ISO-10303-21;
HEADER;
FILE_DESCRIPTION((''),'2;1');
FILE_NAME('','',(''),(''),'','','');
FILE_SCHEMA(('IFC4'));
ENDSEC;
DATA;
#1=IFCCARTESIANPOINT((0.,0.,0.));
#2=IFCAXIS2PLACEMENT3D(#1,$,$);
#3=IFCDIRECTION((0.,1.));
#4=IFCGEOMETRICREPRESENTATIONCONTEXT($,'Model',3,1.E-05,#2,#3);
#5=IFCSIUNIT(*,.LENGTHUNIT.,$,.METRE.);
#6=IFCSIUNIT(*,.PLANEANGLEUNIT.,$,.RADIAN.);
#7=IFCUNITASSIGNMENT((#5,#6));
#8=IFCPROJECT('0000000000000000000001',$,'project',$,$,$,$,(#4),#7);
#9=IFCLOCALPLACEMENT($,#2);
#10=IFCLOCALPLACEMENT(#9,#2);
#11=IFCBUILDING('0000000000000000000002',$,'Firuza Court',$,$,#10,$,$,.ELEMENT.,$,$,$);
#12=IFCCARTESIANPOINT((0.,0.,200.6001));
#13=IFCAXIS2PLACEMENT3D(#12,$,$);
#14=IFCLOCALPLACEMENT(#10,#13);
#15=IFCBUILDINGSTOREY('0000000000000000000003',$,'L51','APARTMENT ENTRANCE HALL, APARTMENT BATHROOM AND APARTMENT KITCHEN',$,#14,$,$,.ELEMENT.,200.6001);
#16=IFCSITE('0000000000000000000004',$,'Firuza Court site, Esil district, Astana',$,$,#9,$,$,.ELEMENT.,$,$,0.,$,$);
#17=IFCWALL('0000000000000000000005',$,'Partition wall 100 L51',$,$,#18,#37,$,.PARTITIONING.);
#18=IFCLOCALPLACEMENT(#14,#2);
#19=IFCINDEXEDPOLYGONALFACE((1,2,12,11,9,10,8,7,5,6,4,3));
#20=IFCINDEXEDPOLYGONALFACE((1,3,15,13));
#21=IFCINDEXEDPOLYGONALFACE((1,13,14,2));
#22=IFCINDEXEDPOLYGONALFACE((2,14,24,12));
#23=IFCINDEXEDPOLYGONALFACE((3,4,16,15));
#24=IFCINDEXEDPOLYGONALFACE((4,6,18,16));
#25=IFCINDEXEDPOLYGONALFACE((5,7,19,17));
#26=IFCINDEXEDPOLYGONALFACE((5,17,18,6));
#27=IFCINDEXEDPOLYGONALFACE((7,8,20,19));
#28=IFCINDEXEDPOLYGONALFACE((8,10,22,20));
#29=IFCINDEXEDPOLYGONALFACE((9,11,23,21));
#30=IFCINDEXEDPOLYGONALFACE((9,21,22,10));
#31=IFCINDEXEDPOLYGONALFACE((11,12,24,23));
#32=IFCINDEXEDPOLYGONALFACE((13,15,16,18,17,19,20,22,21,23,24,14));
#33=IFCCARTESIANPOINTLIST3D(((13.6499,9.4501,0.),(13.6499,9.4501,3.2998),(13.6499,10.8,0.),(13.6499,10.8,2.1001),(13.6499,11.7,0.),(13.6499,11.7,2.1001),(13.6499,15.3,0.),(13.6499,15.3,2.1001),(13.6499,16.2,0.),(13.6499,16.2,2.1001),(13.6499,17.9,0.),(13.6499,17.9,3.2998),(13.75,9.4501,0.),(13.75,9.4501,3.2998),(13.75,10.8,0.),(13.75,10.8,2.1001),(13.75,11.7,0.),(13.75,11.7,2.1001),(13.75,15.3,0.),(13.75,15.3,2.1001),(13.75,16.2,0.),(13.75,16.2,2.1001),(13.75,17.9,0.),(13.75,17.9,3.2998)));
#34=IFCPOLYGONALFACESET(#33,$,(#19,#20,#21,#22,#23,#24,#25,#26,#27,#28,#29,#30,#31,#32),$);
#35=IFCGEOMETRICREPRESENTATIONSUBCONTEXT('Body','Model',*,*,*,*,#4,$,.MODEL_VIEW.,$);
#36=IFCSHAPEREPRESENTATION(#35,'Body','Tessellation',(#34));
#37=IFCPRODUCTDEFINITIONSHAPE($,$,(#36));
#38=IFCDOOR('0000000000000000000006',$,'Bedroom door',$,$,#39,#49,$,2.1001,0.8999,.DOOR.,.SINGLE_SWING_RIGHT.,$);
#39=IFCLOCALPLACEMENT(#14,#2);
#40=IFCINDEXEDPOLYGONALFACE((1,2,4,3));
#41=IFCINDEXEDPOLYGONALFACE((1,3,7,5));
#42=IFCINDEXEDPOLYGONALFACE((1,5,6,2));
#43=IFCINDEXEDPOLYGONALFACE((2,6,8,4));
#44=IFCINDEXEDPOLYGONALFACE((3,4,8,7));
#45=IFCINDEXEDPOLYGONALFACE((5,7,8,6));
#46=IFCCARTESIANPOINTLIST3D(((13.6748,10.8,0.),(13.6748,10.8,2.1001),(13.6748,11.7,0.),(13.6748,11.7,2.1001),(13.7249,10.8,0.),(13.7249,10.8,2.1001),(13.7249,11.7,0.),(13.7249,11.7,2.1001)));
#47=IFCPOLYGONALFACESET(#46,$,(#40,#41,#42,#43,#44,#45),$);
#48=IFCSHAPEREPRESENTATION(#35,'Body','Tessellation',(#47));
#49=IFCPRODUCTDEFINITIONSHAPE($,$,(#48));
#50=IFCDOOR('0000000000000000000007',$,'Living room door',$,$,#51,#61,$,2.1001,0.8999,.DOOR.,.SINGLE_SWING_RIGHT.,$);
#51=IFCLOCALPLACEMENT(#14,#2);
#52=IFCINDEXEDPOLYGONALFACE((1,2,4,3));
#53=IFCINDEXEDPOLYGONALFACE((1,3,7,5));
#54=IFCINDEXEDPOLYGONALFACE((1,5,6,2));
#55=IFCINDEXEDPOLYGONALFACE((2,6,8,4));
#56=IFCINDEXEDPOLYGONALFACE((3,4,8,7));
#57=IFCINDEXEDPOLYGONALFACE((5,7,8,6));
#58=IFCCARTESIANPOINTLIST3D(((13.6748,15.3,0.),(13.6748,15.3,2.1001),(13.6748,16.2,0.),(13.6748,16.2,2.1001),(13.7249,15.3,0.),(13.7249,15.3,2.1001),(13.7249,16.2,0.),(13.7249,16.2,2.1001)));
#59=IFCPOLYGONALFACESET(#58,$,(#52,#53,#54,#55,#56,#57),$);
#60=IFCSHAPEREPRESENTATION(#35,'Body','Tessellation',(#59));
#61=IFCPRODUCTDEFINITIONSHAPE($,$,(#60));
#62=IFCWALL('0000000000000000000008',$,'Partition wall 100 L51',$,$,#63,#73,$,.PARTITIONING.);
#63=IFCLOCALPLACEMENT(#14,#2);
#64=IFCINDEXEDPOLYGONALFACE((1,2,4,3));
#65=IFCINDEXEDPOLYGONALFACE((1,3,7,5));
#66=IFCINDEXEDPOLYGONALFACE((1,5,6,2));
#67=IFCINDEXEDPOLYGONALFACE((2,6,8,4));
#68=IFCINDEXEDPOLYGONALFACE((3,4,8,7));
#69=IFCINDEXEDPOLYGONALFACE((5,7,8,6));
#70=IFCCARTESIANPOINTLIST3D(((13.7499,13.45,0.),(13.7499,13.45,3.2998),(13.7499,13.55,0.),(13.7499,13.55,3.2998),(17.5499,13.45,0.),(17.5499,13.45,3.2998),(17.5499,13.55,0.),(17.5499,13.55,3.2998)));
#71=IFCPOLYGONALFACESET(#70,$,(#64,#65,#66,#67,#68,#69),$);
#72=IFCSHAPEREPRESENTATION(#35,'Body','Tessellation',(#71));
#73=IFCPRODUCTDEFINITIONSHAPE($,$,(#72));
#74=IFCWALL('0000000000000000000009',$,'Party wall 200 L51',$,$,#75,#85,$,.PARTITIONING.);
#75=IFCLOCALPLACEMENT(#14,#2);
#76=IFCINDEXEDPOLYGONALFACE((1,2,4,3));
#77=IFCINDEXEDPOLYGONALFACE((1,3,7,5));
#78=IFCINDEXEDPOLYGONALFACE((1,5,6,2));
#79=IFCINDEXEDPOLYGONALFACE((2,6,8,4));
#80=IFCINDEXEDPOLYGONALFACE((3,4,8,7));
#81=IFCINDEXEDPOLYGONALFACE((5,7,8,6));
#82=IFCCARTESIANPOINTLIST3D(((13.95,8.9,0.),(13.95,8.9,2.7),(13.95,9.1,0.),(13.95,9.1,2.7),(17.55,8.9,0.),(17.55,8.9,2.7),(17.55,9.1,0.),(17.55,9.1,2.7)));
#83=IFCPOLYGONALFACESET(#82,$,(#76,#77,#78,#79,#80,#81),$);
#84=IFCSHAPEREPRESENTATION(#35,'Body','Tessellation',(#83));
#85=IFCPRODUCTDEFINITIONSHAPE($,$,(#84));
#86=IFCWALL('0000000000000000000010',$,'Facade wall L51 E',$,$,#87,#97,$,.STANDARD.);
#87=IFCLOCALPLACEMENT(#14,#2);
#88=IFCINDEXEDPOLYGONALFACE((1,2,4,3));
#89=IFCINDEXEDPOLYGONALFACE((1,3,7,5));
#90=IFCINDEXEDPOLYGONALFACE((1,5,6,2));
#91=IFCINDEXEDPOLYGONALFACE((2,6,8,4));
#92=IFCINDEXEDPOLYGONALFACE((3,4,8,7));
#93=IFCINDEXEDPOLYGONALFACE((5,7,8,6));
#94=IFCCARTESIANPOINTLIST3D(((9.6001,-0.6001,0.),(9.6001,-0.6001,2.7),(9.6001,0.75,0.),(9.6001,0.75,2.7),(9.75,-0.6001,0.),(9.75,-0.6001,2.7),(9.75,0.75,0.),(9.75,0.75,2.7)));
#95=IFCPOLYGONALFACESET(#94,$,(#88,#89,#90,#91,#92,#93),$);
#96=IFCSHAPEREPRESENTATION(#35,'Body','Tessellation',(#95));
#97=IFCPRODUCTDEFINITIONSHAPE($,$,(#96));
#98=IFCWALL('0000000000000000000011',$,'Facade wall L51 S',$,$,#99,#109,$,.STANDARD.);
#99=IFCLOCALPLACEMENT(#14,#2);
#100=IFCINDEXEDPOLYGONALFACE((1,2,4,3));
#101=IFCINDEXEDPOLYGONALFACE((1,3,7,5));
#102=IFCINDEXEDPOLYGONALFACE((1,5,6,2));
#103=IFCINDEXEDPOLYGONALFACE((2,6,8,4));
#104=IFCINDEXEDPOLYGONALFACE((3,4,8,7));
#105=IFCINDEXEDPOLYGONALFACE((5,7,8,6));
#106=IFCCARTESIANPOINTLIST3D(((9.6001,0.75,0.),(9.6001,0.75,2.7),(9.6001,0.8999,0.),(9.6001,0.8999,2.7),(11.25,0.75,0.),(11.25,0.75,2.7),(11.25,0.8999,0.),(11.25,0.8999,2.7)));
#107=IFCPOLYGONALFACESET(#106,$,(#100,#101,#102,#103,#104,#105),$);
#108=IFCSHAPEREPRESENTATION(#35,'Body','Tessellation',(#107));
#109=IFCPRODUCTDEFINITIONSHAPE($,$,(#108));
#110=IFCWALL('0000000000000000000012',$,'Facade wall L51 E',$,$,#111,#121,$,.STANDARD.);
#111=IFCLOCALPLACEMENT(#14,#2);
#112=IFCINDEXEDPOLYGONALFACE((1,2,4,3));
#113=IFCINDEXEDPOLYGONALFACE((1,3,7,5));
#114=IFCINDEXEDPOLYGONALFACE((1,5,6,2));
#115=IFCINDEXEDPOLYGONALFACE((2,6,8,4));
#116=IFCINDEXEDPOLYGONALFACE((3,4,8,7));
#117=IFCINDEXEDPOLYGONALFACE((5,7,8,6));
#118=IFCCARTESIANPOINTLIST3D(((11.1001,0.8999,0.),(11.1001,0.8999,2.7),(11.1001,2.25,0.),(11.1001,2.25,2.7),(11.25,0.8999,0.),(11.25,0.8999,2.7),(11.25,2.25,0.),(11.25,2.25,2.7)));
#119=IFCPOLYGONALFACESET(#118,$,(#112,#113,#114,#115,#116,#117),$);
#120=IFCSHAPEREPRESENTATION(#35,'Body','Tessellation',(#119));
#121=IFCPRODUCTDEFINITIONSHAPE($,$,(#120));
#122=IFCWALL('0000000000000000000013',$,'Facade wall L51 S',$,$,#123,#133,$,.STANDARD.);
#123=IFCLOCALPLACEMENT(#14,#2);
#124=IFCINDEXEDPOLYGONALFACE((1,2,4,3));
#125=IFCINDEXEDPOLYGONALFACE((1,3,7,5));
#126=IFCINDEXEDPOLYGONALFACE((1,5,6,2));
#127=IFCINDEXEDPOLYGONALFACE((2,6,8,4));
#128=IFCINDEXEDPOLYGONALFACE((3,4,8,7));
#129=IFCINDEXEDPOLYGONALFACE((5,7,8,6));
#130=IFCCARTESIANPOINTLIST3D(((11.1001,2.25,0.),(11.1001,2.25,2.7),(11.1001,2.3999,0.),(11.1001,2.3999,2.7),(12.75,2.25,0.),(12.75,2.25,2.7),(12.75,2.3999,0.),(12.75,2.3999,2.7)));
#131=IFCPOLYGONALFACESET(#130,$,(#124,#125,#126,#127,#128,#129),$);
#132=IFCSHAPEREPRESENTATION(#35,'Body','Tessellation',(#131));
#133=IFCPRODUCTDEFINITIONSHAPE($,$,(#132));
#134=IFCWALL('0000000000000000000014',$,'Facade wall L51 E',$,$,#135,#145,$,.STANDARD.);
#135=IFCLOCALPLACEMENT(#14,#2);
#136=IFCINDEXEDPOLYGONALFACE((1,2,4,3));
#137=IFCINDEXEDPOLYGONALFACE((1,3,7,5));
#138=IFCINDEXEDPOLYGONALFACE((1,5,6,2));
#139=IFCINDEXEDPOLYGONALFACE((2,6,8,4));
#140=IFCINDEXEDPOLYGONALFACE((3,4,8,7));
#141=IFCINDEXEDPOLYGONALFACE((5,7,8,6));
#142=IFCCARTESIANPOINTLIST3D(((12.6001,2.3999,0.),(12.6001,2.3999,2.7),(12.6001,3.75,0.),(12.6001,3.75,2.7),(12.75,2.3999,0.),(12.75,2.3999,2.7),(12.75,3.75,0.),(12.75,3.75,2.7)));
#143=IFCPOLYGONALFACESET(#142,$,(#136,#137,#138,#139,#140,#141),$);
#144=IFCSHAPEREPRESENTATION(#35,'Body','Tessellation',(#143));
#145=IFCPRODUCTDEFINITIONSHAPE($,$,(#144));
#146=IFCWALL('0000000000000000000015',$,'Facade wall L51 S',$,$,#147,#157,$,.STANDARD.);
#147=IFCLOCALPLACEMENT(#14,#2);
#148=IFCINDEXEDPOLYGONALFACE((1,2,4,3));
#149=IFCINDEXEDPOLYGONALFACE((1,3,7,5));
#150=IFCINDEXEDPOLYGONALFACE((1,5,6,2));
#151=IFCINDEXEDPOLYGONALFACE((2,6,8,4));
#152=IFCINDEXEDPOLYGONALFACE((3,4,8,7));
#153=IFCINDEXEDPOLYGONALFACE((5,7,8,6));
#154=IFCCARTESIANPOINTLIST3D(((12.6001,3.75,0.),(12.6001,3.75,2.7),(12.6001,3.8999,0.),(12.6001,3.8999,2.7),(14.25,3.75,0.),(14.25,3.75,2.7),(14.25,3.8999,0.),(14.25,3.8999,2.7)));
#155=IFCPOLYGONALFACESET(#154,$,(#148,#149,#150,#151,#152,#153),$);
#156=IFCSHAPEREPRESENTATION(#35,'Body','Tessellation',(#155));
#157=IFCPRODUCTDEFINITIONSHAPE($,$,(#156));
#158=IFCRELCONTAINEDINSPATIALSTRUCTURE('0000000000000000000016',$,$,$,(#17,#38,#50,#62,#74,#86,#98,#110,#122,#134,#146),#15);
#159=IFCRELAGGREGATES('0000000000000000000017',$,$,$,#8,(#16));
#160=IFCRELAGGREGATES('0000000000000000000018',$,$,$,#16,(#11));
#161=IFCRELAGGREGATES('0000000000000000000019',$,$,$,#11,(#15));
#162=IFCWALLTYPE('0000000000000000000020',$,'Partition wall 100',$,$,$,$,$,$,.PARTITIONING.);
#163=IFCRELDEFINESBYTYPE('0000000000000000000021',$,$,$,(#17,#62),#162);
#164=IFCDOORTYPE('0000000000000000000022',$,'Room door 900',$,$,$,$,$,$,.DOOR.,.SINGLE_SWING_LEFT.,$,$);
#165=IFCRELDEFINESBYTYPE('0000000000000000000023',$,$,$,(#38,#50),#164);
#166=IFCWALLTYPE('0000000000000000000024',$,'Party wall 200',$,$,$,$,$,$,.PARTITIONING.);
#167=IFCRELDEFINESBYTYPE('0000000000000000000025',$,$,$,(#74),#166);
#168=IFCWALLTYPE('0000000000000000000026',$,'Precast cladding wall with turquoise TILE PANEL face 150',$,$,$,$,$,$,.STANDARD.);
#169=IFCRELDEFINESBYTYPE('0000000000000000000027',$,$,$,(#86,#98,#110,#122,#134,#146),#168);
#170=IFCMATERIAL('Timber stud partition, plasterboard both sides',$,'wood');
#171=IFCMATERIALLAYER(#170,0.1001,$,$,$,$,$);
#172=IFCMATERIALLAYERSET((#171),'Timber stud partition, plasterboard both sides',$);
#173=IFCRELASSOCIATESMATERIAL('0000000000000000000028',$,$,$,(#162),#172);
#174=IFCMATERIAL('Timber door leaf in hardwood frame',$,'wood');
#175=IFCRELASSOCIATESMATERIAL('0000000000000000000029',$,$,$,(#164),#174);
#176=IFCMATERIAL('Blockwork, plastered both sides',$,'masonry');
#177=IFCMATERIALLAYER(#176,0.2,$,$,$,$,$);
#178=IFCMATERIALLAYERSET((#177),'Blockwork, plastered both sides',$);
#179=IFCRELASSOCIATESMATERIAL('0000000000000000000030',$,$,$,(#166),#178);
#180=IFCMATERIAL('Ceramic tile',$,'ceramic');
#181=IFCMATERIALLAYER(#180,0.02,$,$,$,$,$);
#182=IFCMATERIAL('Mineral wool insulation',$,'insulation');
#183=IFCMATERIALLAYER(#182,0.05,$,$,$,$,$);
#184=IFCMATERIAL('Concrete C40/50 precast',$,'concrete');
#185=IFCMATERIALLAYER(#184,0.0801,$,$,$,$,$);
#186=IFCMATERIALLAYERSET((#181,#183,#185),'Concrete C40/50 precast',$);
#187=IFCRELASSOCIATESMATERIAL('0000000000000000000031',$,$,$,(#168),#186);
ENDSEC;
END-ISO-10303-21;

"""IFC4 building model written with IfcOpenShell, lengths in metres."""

from ifc_helpers import new_model, si_unit, direction, frame, frame_2d, origin, place, context, subcontext, project, spatial, rectangle, extrude, material, layer, layer_set, type_object, element, fill, save


model = new_model("IFC4")

# Units and contexts
model_context = context("Model", 3, precision=1e-05, world=origin(), true_north=direction((0.0, 1.0)))
body_context = subcontext(model_context, "Body", "Model", "MODEL_VIEW")
ifc_project = project(units=[si_unit("LENGTHUNIT", "METRE"), si_unit("PLANEANGLEUNIT", "RADIAN")], contexts=[model_context])

# Site, building, storey
site_placement = place(None, origin())
site = spatial("IfcSite", under=ifc_project, at=site_placement, Name="Firuza Court site, Esil district, Astana", CompositionType="ELEMENT", RefElevation=0.0)
building_placement = place(site_placement, origin())
building = spatial("IfcBuilding", under=site, at=building_placement, Name="Firuza Court", CompositionType="ELEMENT")
storey_placement = place(building_placement, frame((0.0, 0.0, 200.6001)))
storey = spatial("IfcBuildingStorey", under=building, at=storey_placement, Name="L51", Description="APARTMENT ENTRANCE HALL, APARTMENT BATHROOM AND APARTMENT KITCHEN", CompositionType="ELEMENT", Elevation=200.6001)

# Shared definitions
ifc_material_1 = material(Name="Timber stud partition, plasterboard both sides", Category="wood")
ifc_layer_1 = layer(ifc_material_1, 0.1001)
ifc_layer_set_1 = layer_set([ifc_layer_1], Name="Timber stud partition, plasterboard both sides")
wall_type_1 = type_object("IfcWallType", Name="Partition wall 100", PredefinedType="PARTITIONING", material=ifc_layer_set_1)

# Wall, openings, doors
ifc_material_2 = material(Name="Timber door leaf in hardwood frame", Category="wood")
door_type_1 = type_object("IfcDoorType", Name="Room door 900", OperationType="SINGLE_SWING_LEFT", PredefinedType="DOOR", material=ifc_material_2)
wall_1_placement = place(storey_placement, frame((13.7, 9.45, 0.0), z_axis=(0.0, 0.0, 1.0), x_axis=(0.0, 1.0, 0.0)))
wall_1 = element("IfcWall", 1, at=wall_1_placement, inside=storey, type_object=wall_type_1, Name="Partition wall 100 L51", PredefinedType="PARTITIONING", context=body_context, shape_type="SweptSolid", body=[
    extrude(rectangle(XDim=8.45, YDim=0.1001, at=frame_2d((4.2251, 0.0))), origin(), (0.0, 0.0, 1.0), 3.2998),
])
opening_1_placement = place(wall_1_placement, frame((1.3501, 0.0, 0.0)))
opening_1 = element("IfcOpeningElement", 2, at=opening_1_placement, cuts=wall_1, PredefinedType="OPENING", context=body_context, shape_type="SweptSolid", body=[
    extrude(rectangle(XDim=0.8999, YDim=2.1001, at=frame_2d((0.45, 1.05))), frame((0.0, 0.062, 0.0), z_axis=(0.0, -1.0, 0.0), x_axis=(1.0, 0.0, 0.0)), (0.0, 0.0, 1.0), 0.124),
])
opening_2_placement = place(wall_1_placement, frame((5.8501, 0.0, 0.0)))
opening_2 = element("IfcOpeningElement", 3, at=opening_2_placement, cuts=wall_1, PredefinedType="OPENING", context=body_context, shape_type="SweptSolid", body=[
    extrude(rectangle(XDim=0.8999, YDim=2.1001, at=frame_2d((0.45, 1.05))), frame((0.0, 0.062, 0.0), z_axis=(0.0, -1.0, 0.0), x_axis=(1.0, 0.0, 0.0)), (0.0, 0.0, 1.0), 0.124),
])
door_1_placement = place(opening_1_placement, frame((0.8999, 0.0, 0.0), z_axis=(0.0, 0.0, 1.0), x_axis=(-1.0, 0.0, 0.0)))
door_1 = element("IfcDoor", 4, at=door_1_placement, inside=storey, type_object=door_type_1, Name="Bedroom door", OperationType="SINGLE_SWING_RIGHT", OverallHeight=2.1001, OverallWidth=0.8999, PredefinedType="DOOR", context=body_context, shape_type="SweptSolid", body=[
    extrude(rectangle(XDim=0.8999, YDim=2.1001, at=frame_2d((0.45, 1.05))), frame((0.0, 0.0249, 0.0), z_axis=(0.0, -1.0, 0.0), x_axis=(1.0, 0.0, 0.0)), (0.0, 0.0, 1.0), 0.05),
])
fill(opening_1, door_1)
door_2_placement = place(opening_2_placement, frame((0.8999, 0.0, 0.0), z_axis=(0.0, 0.0, 1.0), x_axis=(-1.0, 0.0, 0.0)))
door_2 = element("IfcDoor", 5, at=door_2_placement, inside=storey, type_object=door_type_1, Name="Living room door", OperationType="SINGLE_SWING_RIGHT", OverallHeight=2.1001, OverallWidth=0.8999, PredefinedType="DOOR", context=body_context, shape_type="SweptSolid", body=[
    extrude(rectangle(XDim=0.8999, YDim=2.1001, at=frame_2d((0.45, 1.05))), frame((0.0, 0.0249, 0.0), z_axis=(0.0, -1.0, 0.0), x_axis=(1.0, 0.0, 0.0)), (0.0, 0.0, 1.0), 0.05),
])
fill(opening_2, door_2)

# Walls
wall_2_placement = place(storey_placement, frame((13.75, 13.5, 0.0), z_axis=(0.0, 0.0, 1.0), x_axis=(1.0, 0.0, 0.0)))
element("IfcWall", 6, at=wall_2_placement, inside=storey, type_object=wall_type_1, Name="Partition wall 100 L51", PredefinedType="PARTITIONING", context=body_context, shape_type="SweptSolid", body=[
    extrude(rectangle(XDim=3.8, YDim=0.1001, at=frame_2d((1.8999, 0.0))), origin(), (0.0, 0.0, 1.0), 3.2998),
])
ifc_material_3 = material(Name="Blockwork, plastered both sides", Category="masonry")
ifc_layer_2 = layer(ifc_material_3, 0.2)
ifc_layer_set_2 = layer_set([ifc_layer_2], Name="Blockwork, plastered both sides")
wall_type_2 = type_object("IfcWallType", Name="Party wall 200", PredefinedType="PARTITIONING", material=ifc_layer_set_2)
wall_3_placement = place(storey_placement, frame((13.95, 9.0, 0.0), z_axis=(0.0, 0.0, 1.0), x_axis=(1.0, 0.0, 0.0)))
element("IfcWall", 7, at=wall_3_placement, inside=storey, type_object=wall_type_2, Name="Party wall 200 L51", PredefinedType="PARTITIONING", context=body_context, shape_type="SweptSolid", body=[
    extrude(rectangle(XDim=3.6001, YDim=0.2, at=frame_2d((1.8, 0.0))), origin(), (0.0, 0.0, 1.0), 2.7),
])
ifc_material_4 = material(Name="Ceramic tile", Category="ceramic")
ifc_layer_3 = layer(ifc_material_4, 0.02)
ifc_material_5 = material(Name="Mineral wool insulation", Category="insulation")
ifc_layer_4 = layer(ifc_material_5, 0.05)
ifc_material_6 = material(Name="Concrete C40/50 precast", Category="concrete")
ifc_layer_5 = layer(ifc_material_6, 0.0801)
ifc_layer_set_3 = layer_set([ifc_layer_3, ifc_layer_4, ifc_layer_5], Name="Concrete C40/50 precast")
wall_type_3 = type_object("IfcWallType", Name="Precast cladding wall with turquoise TILE PANEL face 150", PredefinedType="STANDARD", material=ifc_layer_set_3)
wall_4_placement = place(storey_placement, frame((9.675, -0.6001, 0.0), z_axis=(0.0, 0.0, 1.0), x_axis=(0.0, 1.0, 0.0)))
element("IfcWall", 8, at=wall_4_placement, inside=storey, type_object=wall_type_3, Name="Facade wall L51 E", PredefinedType="STANDARD", context=body_context, shape_type="SweptSolid", body=[
    extrude(rectangle(XDim=1.3501, YDim=0.1499, at=frame_2d((0.675, 0.0))), origin(), (0.0, 0.0, 1.0), 2.7),
])
wall_5_placement = place(storey_placement, frame((9.6001, 0.825, 0.0), z_axis=(0.0, 0.0, 1.0), x_axis=(1.0, 0.0, 0.0)))
element("IfcWall", 9, at=wall_5_placement, inside=storey, type_object=wall_type_3, Name="Facade wall L51 S", PredefinedType="STANDARD", context=body_context, shape_type="SweptSolid", body=[
    extrude(rectangle(XDim=1.6499, YDim=0.1499, at=frame_2d((0.825, 0.0))), origin(), (0.0, 0.0, 1.0), 2.7),
])
wall_6_placement = place(storey_placement, frame((11.175, 0.8999, 0.0), z_axis=(0.0, 0.0, 1.0), x_axis=(0.0, 1.0, 0.0)))
element("IfcWall", 10, at=wall_6_placement, inside=storey, type_object=wall_type_3, Name="Facade wall L51 E", PredefinedType="STANDARD", context=body_context, shape_type="SweptSolid", body=[
    extrude(rectangle(XDim=1.3501, YDim=0.1499, at=frame_2d((0.675, 0.0))), origin(), (0.0, 0.0, 1.0), 2.7),
])
wall_7_placement = place(storey_placement, frame((11.1001, 2.325, 0.0), z_axis=(0.0, 0.0, 1.0), x_axis=(1.0, 0.0, 0.0)))
element("IfcWall", 11, at=wall_7_placement, inside=storey, type_object=wall_type_3, Name="Facade wall L51 S", PredefinedType="STANDARD", context=body_context, shape_type="SweptSolid", body=[
    extrude(rectangle(XDim=1.6499, YDim=0.1499, at=frame_2d((0.825, 0.0))), origin(), (0.0, 0.0, 1.0), 2.7),
])
wall_8_placement = place(storey_placement, frame((12.675, 2.3999, 0.0), z_axis=(0.0, 0.0, 1.0), x_axis=(0.0, 1.0, 0.0)))
element("IfcWall", 12, at=wall_8_placement, inside=storey, type_object=wall_type_3, Name="Facade wall L51 E", PredefinedType="STANDARD", context=body_context, shape_type="SweptSolid", body=[
    extrude(rectangle(XDim=1.3501, YDim=0.1499, at=frame_2d((0.675, 0.0))), origin(), (0.0, 0.0, 1.0), 2.7),
])
wall_9_placement = place(storey_placement, frame((12.6001, 3.825, 0.0), z_axis=(0.0, 0.0, 1.0), x_axis=(1.0, 0.0, 0.0)))
element("IfcWall", 13, at=wall_9_placement, inside=storey, type_object=wall_type_3, Name="Facade wall L51 S", PredefinedType="STANDARD", context=body_context, shape_type="SweptSolid", body=[
    extrude(rectangle(XDim=1.6499, YDim=0.1499, at=frame_2d((0.825, 0.0))), origin(), (0.0, 0.0, 1.0), 2.7),
])

save(model, "model.ifc")
